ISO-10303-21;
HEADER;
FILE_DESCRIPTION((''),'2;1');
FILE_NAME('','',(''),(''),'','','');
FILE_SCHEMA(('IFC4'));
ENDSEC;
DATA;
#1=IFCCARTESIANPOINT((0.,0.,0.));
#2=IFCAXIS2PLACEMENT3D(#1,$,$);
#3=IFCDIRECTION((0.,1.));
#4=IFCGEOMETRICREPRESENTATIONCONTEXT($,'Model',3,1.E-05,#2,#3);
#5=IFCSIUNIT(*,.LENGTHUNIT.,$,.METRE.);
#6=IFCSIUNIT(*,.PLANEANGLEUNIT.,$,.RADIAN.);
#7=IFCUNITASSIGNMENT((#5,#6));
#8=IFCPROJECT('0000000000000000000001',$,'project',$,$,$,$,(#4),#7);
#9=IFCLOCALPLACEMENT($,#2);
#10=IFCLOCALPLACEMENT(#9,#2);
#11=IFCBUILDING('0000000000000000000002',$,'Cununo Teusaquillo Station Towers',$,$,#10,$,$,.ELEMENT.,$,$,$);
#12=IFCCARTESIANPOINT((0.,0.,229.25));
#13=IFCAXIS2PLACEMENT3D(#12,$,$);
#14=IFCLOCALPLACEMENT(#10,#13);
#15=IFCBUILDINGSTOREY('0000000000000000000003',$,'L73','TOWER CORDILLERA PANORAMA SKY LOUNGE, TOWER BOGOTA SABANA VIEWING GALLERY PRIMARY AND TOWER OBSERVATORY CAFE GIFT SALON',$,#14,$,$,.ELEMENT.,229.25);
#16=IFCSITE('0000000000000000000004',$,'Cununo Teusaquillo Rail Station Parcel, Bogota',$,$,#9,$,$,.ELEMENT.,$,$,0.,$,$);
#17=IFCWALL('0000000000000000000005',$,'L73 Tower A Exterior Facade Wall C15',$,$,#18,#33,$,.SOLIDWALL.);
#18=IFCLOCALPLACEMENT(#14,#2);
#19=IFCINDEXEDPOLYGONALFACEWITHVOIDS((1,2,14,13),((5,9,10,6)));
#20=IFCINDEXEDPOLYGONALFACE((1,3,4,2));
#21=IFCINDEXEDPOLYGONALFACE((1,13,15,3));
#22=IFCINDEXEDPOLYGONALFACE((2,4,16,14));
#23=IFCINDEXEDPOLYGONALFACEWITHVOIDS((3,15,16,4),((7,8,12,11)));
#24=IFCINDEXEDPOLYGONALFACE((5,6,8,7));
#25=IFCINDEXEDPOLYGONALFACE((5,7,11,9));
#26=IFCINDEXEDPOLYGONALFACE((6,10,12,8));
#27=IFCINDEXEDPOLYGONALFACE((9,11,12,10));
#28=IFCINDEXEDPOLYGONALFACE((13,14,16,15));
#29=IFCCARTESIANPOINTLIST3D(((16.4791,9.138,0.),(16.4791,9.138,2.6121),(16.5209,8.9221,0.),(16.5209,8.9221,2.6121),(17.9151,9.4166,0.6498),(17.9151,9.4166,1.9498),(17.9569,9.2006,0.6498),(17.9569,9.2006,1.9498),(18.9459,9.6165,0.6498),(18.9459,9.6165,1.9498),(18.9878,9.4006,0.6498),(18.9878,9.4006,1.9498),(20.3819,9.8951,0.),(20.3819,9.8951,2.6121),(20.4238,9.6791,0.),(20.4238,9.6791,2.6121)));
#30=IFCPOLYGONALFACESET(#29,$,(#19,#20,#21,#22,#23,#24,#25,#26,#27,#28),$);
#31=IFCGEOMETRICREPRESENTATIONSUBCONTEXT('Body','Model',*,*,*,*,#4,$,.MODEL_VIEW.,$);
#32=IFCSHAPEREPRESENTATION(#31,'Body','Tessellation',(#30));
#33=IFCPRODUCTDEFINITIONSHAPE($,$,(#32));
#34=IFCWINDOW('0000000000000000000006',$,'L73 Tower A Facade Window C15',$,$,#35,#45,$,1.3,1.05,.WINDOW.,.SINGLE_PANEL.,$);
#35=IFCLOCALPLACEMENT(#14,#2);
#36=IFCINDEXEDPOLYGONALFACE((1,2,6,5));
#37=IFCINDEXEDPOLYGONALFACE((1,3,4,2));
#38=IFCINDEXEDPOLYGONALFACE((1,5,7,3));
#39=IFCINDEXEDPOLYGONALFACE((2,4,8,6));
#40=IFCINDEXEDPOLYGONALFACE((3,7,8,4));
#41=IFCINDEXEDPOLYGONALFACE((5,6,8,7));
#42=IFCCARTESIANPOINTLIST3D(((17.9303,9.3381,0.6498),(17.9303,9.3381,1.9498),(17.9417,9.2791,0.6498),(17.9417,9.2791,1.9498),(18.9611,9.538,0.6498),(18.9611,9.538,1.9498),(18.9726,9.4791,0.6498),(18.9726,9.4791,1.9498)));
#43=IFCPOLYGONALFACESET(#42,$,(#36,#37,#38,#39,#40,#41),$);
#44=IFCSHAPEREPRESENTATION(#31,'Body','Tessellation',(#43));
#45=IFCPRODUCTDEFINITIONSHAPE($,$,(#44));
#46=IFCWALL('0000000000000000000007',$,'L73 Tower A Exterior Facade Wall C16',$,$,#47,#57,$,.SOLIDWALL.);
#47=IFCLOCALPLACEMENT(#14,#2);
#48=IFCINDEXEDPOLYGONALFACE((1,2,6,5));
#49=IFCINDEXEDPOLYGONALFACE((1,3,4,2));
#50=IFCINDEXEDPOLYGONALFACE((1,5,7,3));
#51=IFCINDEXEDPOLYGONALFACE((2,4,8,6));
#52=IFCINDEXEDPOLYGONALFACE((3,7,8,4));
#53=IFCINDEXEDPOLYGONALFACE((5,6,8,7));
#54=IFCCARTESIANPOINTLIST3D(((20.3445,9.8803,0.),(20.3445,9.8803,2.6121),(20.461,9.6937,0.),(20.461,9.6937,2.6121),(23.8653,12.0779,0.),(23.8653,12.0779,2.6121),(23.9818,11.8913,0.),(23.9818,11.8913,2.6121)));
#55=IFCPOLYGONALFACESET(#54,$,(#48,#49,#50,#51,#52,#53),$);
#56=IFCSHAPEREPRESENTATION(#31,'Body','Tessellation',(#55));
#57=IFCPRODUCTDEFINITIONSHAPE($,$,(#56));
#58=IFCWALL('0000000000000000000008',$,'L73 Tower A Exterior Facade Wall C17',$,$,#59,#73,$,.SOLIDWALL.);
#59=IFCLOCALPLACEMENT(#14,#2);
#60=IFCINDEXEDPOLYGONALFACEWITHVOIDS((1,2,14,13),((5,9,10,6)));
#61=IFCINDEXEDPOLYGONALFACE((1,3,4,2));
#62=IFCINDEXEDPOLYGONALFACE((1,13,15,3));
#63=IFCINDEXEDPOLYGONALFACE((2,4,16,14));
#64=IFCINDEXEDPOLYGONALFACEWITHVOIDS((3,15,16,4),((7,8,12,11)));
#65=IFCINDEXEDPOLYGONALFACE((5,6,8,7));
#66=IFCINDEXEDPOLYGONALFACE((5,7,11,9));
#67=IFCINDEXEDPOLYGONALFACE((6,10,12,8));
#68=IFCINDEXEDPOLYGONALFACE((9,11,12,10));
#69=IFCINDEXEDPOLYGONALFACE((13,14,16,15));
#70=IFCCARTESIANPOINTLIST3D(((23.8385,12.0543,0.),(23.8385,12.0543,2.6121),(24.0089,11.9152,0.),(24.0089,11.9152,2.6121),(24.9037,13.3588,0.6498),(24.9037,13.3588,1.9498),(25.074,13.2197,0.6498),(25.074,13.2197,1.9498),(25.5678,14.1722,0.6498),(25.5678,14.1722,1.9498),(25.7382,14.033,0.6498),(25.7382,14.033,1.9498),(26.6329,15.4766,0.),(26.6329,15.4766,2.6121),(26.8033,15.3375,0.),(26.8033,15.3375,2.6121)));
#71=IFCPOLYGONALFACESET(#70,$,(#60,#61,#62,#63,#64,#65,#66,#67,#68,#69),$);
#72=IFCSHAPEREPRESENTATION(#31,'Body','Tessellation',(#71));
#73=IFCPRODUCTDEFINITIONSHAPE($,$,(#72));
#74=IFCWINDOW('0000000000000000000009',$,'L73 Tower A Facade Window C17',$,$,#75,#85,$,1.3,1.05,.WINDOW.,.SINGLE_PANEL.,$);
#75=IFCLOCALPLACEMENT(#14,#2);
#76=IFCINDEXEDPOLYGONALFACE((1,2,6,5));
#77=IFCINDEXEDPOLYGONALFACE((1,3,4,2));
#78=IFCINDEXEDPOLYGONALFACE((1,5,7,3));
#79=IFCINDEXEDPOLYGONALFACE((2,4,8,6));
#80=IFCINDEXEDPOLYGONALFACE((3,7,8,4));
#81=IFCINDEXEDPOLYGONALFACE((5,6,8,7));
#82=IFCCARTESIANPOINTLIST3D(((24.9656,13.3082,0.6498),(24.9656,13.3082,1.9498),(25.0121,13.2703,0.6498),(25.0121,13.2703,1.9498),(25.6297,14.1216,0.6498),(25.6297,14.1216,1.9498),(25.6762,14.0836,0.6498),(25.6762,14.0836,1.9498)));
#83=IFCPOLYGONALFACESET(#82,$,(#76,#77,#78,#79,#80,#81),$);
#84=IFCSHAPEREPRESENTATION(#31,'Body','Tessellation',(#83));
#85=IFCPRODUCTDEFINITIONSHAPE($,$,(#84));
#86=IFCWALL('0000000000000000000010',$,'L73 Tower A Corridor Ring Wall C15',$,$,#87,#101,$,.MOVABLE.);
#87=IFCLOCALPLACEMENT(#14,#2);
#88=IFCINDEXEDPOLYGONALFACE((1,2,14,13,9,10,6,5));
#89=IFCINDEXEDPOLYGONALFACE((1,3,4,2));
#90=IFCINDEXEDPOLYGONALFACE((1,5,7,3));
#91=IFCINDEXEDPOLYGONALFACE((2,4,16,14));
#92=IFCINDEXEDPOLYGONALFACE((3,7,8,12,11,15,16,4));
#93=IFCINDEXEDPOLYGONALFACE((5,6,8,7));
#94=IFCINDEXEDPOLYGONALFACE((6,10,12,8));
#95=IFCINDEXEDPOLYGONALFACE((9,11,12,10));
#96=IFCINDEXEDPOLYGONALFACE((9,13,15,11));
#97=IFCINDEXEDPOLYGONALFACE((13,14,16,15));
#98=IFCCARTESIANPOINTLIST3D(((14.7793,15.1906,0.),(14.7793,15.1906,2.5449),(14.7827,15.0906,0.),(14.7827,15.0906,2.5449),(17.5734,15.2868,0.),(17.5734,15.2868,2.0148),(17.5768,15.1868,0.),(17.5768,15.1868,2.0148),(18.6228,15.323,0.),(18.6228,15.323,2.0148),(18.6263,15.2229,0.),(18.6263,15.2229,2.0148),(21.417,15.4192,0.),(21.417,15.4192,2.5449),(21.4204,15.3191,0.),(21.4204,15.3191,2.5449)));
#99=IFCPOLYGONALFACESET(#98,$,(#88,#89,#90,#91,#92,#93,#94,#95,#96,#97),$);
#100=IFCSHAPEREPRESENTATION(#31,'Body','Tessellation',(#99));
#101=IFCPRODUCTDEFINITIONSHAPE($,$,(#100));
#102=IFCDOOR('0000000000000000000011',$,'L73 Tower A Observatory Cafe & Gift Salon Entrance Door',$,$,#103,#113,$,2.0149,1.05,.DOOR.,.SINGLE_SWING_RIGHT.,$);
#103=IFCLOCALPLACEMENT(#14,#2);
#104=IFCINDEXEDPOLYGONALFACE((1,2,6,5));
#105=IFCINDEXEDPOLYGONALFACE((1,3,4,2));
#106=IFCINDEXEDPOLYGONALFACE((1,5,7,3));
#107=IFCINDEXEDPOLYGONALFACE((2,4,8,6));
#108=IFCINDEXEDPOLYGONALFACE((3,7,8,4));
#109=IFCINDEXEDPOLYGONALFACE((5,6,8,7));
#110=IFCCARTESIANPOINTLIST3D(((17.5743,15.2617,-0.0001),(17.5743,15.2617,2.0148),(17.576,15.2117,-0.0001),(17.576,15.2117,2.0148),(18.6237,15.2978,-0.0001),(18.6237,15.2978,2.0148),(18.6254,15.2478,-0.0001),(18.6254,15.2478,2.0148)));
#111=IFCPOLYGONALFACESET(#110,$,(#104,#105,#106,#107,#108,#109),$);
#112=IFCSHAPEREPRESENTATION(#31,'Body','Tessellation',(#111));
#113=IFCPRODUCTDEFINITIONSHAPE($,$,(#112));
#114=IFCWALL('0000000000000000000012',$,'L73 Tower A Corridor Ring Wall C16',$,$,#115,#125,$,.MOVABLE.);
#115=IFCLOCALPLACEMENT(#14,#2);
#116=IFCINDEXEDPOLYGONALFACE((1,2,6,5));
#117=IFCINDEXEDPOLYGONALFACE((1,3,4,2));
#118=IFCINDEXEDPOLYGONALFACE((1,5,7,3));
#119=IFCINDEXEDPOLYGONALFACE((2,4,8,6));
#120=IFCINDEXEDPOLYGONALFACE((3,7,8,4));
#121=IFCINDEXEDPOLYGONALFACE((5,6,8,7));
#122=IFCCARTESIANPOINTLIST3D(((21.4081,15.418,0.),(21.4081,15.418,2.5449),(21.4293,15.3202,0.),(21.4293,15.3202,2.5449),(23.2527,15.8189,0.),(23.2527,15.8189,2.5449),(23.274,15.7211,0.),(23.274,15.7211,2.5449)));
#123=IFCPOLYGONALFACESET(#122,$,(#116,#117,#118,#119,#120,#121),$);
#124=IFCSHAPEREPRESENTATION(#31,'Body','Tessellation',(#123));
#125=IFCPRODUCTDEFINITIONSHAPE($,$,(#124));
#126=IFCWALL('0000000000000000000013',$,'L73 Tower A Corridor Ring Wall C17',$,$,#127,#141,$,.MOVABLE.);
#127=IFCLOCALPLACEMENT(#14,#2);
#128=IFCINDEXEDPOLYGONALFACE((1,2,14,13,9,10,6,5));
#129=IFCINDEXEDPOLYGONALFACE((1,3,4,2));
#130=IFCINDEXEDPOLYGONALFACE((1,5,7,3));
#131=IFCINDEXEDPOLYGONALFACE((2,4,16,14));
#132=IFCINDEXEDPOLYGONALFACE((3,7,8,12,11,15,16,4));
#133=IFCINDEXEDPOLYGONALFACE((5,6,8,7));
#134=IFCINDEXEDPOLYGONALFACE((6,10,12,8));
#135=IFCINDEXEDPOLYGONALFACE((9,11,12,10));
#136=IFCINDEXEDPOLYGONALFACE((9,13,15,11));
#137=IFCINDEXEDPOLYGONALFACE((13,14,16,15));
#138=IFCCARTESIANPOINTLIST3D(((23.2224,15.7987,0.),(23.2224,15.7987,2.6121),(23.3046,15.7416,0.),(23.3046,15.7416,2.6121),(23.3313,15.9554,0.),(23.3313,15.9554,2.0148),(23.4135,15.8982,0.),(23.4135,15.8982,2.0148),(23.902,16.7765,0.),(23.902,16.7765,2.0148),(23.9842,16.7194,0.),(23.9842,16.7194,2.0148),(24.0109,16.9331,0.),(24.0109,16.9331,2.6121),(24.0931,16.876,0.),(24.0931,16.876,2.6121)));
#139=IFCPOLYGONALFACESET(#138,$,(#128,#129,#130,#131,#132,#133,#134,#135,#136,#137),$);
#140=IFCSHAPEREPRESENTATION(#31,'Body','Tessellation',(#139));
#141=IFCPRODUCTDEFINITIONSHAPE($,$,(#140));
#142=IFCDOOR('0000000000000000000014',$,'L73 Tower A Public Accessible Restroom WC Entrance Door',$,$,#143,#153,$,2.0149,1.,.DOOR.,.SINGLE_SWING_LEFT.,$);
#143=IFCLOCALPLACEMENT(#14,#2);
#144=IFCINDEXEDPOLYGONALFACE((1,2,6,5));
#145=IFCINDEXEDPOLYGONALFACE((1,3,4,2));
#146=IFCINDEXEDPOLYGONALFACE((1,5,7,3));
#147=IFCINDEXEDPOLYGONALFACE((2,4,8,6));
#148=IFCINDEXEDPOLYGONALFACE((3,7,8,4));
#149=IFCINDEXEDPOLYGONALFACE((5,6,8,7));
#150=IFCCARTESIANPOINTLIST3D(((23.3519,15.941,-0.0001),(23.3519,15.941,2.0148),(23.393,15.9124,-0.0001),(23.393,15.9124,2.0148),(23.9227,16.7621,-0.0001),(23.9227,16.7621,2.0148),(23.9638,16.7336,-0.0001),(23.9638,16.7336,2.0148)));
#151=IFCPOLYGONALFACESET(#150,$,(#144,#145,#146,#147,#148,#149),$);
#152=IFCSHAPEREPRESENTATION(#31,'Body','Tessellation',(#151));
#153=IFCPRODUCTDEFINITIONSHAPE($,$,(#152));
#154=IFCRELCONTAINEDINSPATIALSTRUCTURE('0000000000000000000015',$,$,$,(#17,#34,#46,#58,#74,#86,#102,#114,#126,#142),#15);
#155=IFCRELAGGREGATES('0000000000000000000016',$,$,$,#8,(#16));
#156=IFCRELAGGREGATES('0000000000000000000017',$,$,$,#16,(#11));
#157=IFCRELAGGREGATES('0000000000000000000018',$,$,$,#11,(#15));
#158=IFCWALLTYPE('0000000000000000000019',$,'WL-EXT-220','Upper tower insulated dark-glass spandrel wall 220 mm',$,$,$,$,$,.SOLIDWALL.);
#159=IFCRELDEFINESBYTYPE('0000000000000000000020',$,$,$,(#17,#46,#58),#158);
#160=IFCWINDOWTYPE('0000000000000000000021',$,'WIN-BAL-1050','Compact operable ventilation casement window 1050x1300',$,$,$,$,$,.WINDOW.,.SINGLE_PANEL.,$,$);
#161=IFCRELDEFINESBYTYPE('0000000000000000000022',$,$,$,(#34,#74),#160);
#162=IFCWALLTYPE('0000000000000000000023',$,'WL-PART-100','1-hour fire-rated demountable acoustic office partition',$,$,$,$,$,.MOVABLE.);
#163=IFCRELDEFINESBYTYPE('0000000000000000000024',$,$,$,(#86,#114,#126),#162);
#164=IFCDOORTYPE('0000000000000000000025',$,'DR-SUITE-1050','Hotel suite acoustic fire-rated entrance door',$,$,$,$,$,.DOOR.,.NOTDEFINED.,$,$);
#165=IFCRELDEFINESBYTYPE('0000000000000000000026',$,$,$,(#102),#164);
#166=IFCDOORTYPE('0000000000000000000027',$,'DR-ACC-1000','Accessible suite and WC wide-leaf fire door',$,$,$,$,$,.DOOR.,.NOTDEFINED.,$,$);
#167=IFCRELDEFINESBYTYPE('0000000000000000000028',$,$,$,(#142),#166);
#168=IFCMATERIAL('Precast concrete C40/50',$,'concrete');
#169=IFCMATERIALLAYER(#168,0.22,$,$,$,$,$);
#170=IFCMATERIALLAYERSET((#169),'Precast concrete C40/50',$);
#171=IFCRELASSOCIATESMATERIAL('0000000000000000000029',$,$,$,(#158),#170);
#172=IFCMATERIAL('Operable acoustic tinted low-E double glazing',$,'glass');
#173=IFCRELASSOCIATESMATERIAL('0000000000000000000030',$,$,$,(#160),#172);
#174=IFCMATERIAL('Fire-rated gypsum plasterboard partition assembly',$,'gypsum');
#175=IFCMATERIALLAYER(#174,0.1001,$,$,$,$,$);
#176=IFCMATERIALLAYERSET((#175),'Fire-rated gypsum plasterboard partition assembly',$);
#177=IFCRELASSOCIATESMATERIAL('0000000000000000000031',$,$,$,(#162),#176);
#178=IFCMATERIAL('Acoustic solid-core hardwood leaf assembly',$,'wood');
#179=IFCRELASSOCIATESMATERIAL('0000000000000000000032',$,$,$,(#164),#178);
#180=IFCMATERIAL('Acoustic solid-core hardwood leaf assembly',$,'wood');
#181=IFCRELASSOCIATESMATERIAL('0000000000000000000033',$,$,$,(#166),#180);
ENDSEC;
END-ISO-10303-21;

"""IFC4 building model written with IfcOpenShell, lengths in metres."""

from ifc_helpers import new_model, si_unit, direction, frame, frame_2d, origin, place, context, subcontext, project, spatial, rectangle, extrude, source, transform, mapped, material, layer, layer_set, type_object, element, fill, save


model = new_model("IFC4")

# Units and contexts
model_context = context("Model", 3, precision=1e-05, world=origin(), true_north=direction((0.0, 1.0)))
body_context = subcontext(model_context, "Body", "Model", "MODEL_VIEW")
ifc_project = project(units=[si_unit("LENGTHUNIT", "METRE"), si_unit("PLANEANGLEUNIT", "RADIAN")], contexts=[model_context])

# Site, building, storey
site_placement = place(None, origin())
site = spatial("IfcSite", under=ifc_project, at=site_placement, Name="Cununo Teusaquillo Rail Station Parcel, Bogota", CompositionType="ELEMENT", RefElevation=0.0)
building_placement = place(site_placement, origin())
building = spatial("IfcBuilding", under=site, at=building_placement, Name="Cununo Teusaquillo Station Towers", CompositionType="ELEMENT")
storey_placement = place(building_placement, frame((0.0, 0.0, 229.25)))
storey = spatial("IfcBuildingStorey", under=building, at=storey_placement, Name="L73", Description="TOWER CORDILLERA PANORAMA SKY LOUNGE, TOWER BOGOTA SABANA VIEWING GALLERY PRIMARY AND TOWER OBSERVATORY CAFE GIFT SALON", CompositionType="ELEMENT", Elevation=229.25)

# Wall, opening, window
ifc_material_1 = material(Name="Precast concrete C40/50", Category="concrete")
ifc_layer_1 = layer(ifc_material_1, 0.22)
ifc_layer_set_1 = layer_set([ifc_layer_1], Name="Precast concrete C40/50")
wall_type_1 = type_object("IfcWallType", Name="WL-EXT-220", Description="Upper tower insulated dark-glass spandrel wall 220 mm", PredefinedType="SOLIDWALL", material=ifc_layer_set_1)
shared_shape_1 = source(origin(), body_context, "Body", "SweptSolid", [
    extrude(rectangle(XDim=1.05, YDim=1.3, at=frame_2d((0.5249, 0.6499))), frame((0.0, 0.1199, 0.0), z_axis=(0.0, -1.0, 0.0), x_axis=(1.0, 0.0, 0.0)), (0.0, 0.0, 1.0), 0.24),
])
ifc_material_2 = material(Name="Operable acoustic tinted low-E double glazing", Category="glass")
window_type = type_object("IfcWindowType", Name="WIN-BAL-1050", Description="Compact operable ventilation casement window 1050x1300", PartitioningType="SINGLE_PANEL", PredefinedType="WINDOW", material=ifc_material_2)
shared_shape_2 = source(origin(), body_context, "Body", "SweptSolid", [
    extrude(rectangle(XDim=1.05, YDim=1.3, at=frame_2d((0.5249, 0.6499))), frame((0.0, 0.03, 0.0), z_axis=(0.0, -1.0, 0.0), x_axis=(1.0, 0.0, 0.0)), (0.0, 0.0, 1.0), 0.0601),
])
wall_1_placement = place(storey_placement, frame((20.4028, 9.7871, 0.0), z_axis=(0.0, 0.0, 1.0), x_axis=(-0.9817, -0.190432, 0.0)))
wall_1 = element("IfcWall", 1, at=wall_1_placement, inside=storey, type_object=wall_type_1, Name="L73 Tower A Exterior Facade Wall C15", PredefinedType="SOLIDWALL", context=body_context, shape_type="SweptSolid", body=[
    extrude(rectangle(XDim=3.9756, YDim=0.22, at=frame_2d((1.9878, 0.0))), origin(), (0.0, 0.0, 1.0), 2.6121),
])
opening_1_placement = place(wall_1_placement, frame((1.4629, 0.0, 0.6499)))
opening_1 = element("IfcOpeningElement", 2, at=opening_1_placement, cuts=wall_1, PredefinedType="OPENING", context=body_context, shape_type="MappedRepresentation", body=[
    mapped(shared_shape_1, transform((0.0, 0.0, 0.0), x_axis=(1.0, 0.0, 0.0), y_axis=(0.0, 1.0, 0.0), z_axis=(0.0, 0.0, 1.0), scale=1.0)),
])
window_1_placement = place(opening_1_placement, origin())
window_1 = element("IfcWindow", 3, at=window_1_placement, inside=storey, type_object=window_type, Name="L73 Tower A Facade Window C15", OverallHeight=1.3, OverallWidth=1.05, PartitioningType="SINGLE_PANEL", PredefinedType="WINDOW", context=body_context, shape_type="MappedRepresentation", body=[
    mapped(shared_shape_2, transform((0.0, 0.0, 0.0), x_axis=(1.0, 0.0, 0.0), y_axis=(0.0, 1.0, 0.0), z_axis=(0.0, 0.0, 1.0), scale=1.0)),
])
fill(opening_1, window_1)

# Wall
wall_2_placement = place(storey_placement, frame((23.9236, 11.9846, 0.0), z_axis=(0.0, 0.0, 1.0), x_axis=(-0.848319, -0.529486, 0.0)))
element("IfcWall", 4, at=wall_2_placement, inside=storey, type_object=wall_type_1, Name="L73 Tower A Exterior Facade Wall C16", PredefinedType="SOLIDWALL", context=body_context, shape_type="SweptSolid", body=[
    extrude(rectangle(XDim=4.1504, YDim=0.22, at=frame_2d((2.0752, 0.0))), origin(), (0.0, 0.0, 1.0), 2.6121),
])

# Wall, opening, window
wall_3_placement = place(storey_placement, frame((26.718, 15.407, 0.0), z_axis=(0.0, 0.0, 1.0), x_axis=(-0.632467, -0.774587, 0.0)))
wall_3 = element("IfcWall", 5, at=wall_3_placement, inside=storey, type_object=wall_type_1, Name="L73 Tower A Exterior Facade Wall C17", PredefinedType="SOLIDWALL", context=body_context, shape_type="SweptSolid", body=[
    extrude(rectangle(XDim=4.4182, YDim=0.22, at=frame_2d((2.209, 0.0))), origin(), (0.0, 0.0, 1.0), 2.6121),
])
opening_2_placement = place(wall_3_placement, frame((1.6841, 0.0, 0.6499)))
opening_2 = element("IfcOpeningElement", 6, at=opening_2_placement, cuts=wall_3, PredefinedType="OPENING", context=body_context, shape_type="MappedRepresentation", body=[
    mapped(shared_shape_1, transform((0.0, 0.0, 0.0), x_axis=(1.0, 0.0, 0.0), y_axis=(0.0, 1.0, 0.0), z_axis=(0.0, 0.0, 1.0), scale=1.0)),
])
window_2_placement = place(opening_2_placement, origin())
window_2 = element("IfcWindow", 7, at=window_2_placement, inside=storey, type_object=window_type, Name="L73 Tower A Facade Window C17", OverallHeight=1.3, OverallWidth=1.05, PartitioningType="SINGLE_PANEL", PredefinedType="WINDOW", context=body_context, shape_type="MappedRepresentation", body=[
    mapped(shared_shape_2, transform((0.0, 0.0, 0.0), x_axis=(1.0, 0.0, 0.0), y_axis=(0.0, 1.0, 0.0), z_axis=(0.0, 0.0, 1.0), scale=1.0)),
])
fill(opening_2, window_2)

# Wall, opening, door
ifc_material_3 = material(Name="Fire-rated gypsum plasterboard partition assembly", Category="gypsum")
ifc_layer_2 = layer(ifc_material_3, 0.1001)
ifc_layer_set_2 = layer_set([ifc_layer_2], Name="Fire-rated gypsum plasterboard partition assembly")
wall_type_2 = type_object("IfcWallType", Name="WL-PART-100", Description="1-hour fire-rated demountable acoustic office partition", PredefinedType="MOVABLE", material=ifc_layer_set_2)
wall_4_placement = place(storey_placement, frame((14.781, 15.1406, 0.0), z_axis=(0.0, 0.0, 1.0), x_axis=(0.999408, 0.034407, 0.0)))
wall_4 = element("IfcWall", 8, at=wall_4_placement, inside=storey, type_object=wall_type_2, Name="L73 Tower A Corridor Ring Wall C15", PredefinedType="MOVABLE", context=body_context, shape_type="SweptSolid", body=[
    extrude(rectangle(XDim=6.6416, YDim=0.1001, at=frame_2d((3.3208, 0.0))), origin(), (0.0, 0.0, 1.0), 2.5449),
])
shared_shape_3 = source(origin(), body_context, "Body", "SweptSolid", [
    extrude(rectangle(XDim=1.05, YDim=2.0149, at=frame_2d((0.5249, 1.0073))), frame((0.0, 0.0601, 0.0), z_axis=(0.0, -1.0, 0.0), x_axis=(1.0, 0.0, 0.0)), (0.0, 0.0, 1.0), 0.1201),
])
opening_3_placement = place(wall_4_placement, frame((2.7959, 0.0, 0.0)))
opening_3 = element("IfcOpeningElement", 9, at=opening_3_placement, cuts=wall_4, PredefinedType="OPENING", context=body_context, shape_type="MappedRepresentation", body=[
    mapped(shared_shape_3, transform((0.0, 0.0, 0.0), x_axis=(1.0, 0.0, 0.0), y_axis=(0.0, 1.0, 0.0), z_axis=(0.0, 0.0, 1.0), scale=1.0)),
])
ifc_material_4 = material(Name="Acoustic solid-core hardwood leaf assembly", Category="wood")
door_type_1 = type_object("IfcDoorType", Name="DR-SUITE-1050", Description="Hotel suite acoustic fire-rated entrance door", OperationType="NOTDEFINED", PredefinedType="DOOR", material=ifc_material_4)
shared_shape_4 = source(origin(), body_context, "Body", "SweptSolid", [
    extrude(rectangle(XDim=1.05, YDim=2.0149, at=frame_2d((0.5249, 1.0073))), frame((0.0, 0.0249, 0.0), z_axis=(0.0, -1.0, 0.0), x_axis=(1.0, 0.0, 0.0)), (0.0, 0.0, 1.0), 0.05),
])
door_1_placement = place(opening_3_placement, origin())
door_1 = element("IfcDoor", 10, at=door_1_placement, inside=storey, type_object=door_type_1, Name="L73 Tower A Observatory Cafe & Gift Salon Entrance Door", OperationType="SINGLE_SWING_RIGHT", OverallHeight=2.0149, OverallWidth=1.05, PredefinedType="DOOR", context=body_context, shape_type="MappedRepresentation", body=[
    mapped(shared_shape_4, transform((0.0, 0.0, 0.0), x_axis=(1.0, 0.0, 0.0), y_axis=(0.0, 1.0, 0.0), z_axis=(0.0, 0.0, 1.0), scale=1.0)),
])
fill(opening_3, door_1)

# Wall
wall_5_placement = place(storey_placement, frame((21.4187, 15.3691, 0.0), z_axis=(0.0, 0.0, 1.0), x_axis=(0.977193, 0.212354, 0.0)))
element("IfcWall", 11, at=wall_5_placement, inside=storey, type_object=wall_type_2, Name="L73 Tower A Corridor Ring Wall C16", PredefinedType="MOVABLE", context=body_context, shape_type="SweptSolid", body=[
    extrude(rectangle(XDim=1.8877, YDim=0.1001, at=frame_2d((0.9438, 0.0))), origin(), (0.0, 0.0, 1.0), 2.5449),
])

# Wall, opening, door
wall_6_placement = place(storey_placement, frame((23.2634, 15.77, 0.0), z_axis=(0.0, 0.0, 1.0), x_axis=(0.570743, 0.821128, 0.0)))
wall_6 = element("IfcWall", 12, at=wall_6_placement, inside=storey, type_object=wall_type_2, Name="L73 Tower A Corridor Ring Wall C17", PredefinedType="MOVABLE", context=body_context, shape_type="SweptSolid", body=[
    extrude(rectangle(XDim=1.3816, YDim=0.1001, at=frame_2d((0.6909, 0.0))), origin(), (0.0, 0.0, 1.0), 2.6121),
])
shared_shape_5 = source(origin(), body_context, "Body", "SweptSolid", [
    extrude(rectangle(XDim=1.0, YDim=2.0149, at=frame_2d((0.5, 1.0073))), frame((0.0, 0.0601, 0.0), z_axis=(0.0, -1.0, 0.0), x_axis=(1.0, 0.0, 0.0)), (0.0, 0.0, 1.0), 0.1201),
])
opening_4_placement = place(wall_6_placement, frame((0.1909, 0.0, 0.0)))
opening_4 = element("IfcOpeningElement", 13, at=opening_4_placement, cuts=wall_6, PredefinedType="OPENING", context=body_context, shape_type="MappedRepresentation", body=[
    mapped(shared_shape_5, transform((0.0, 0.0, 0.0), x_axis=(1.0, 0.0, 0.0), y_axis=(0.0, 1.0, 0.0), z_axis=(0.0, 0.0, 1.0), scale=1.0)),
])
ifc_material_5 = material(Name="Acoustic solid-core hardwood leaf assembly", Category="wood")
door_type_2 = type_object("IfcDoorType", Name="DR-ACC-1000", Description="Accessible suite and WC wide-leaf fire door", OperationType="NOTDEFINED", PredefinedType="DOOR", material=ifc_material_5)
shared_shape_6 = source(origin(), body_context, "Body", "SweptSolid", [
    extrude(rectangle(XDim=1.0, YDim=2.0149, at=frame_2d((0.5, 1.0073))), frame((0.0, 0.0249, 0.0), z_axis=(0.0, -1.0, 0.0), x_axis=(1.0, 0.0, 0.0)), (0.0, 0.0, 1.0), 0.05),
])
door_2_placement = place(opening_4_placement, origin())
door_2 = element("IfcDoor", 14, at=door_2_placement, inside=storey, type_object=door_type_2, Name="L73 Tower A Public Accessible Restroom WC Entrance Door", OperationType="SINGLE_SWING_LEFT", OverallHeight=2.0149, OverallWidth=1.0, PredefinedType="DOOR", context=body_context, shape_type="MappedRepresentation", body=[
    mapped(shared_shape_6, transform((0.0, 0.0, 0.0), x_axis=(1.0, 0.0, 0.0), y_axis=(0.0, 1.0, 0.0), z_axis=(0.0, 0.0, 1.0), scale=1.0)),
])
fill(opening_4, door_2)

save(model, "model.ifc")
